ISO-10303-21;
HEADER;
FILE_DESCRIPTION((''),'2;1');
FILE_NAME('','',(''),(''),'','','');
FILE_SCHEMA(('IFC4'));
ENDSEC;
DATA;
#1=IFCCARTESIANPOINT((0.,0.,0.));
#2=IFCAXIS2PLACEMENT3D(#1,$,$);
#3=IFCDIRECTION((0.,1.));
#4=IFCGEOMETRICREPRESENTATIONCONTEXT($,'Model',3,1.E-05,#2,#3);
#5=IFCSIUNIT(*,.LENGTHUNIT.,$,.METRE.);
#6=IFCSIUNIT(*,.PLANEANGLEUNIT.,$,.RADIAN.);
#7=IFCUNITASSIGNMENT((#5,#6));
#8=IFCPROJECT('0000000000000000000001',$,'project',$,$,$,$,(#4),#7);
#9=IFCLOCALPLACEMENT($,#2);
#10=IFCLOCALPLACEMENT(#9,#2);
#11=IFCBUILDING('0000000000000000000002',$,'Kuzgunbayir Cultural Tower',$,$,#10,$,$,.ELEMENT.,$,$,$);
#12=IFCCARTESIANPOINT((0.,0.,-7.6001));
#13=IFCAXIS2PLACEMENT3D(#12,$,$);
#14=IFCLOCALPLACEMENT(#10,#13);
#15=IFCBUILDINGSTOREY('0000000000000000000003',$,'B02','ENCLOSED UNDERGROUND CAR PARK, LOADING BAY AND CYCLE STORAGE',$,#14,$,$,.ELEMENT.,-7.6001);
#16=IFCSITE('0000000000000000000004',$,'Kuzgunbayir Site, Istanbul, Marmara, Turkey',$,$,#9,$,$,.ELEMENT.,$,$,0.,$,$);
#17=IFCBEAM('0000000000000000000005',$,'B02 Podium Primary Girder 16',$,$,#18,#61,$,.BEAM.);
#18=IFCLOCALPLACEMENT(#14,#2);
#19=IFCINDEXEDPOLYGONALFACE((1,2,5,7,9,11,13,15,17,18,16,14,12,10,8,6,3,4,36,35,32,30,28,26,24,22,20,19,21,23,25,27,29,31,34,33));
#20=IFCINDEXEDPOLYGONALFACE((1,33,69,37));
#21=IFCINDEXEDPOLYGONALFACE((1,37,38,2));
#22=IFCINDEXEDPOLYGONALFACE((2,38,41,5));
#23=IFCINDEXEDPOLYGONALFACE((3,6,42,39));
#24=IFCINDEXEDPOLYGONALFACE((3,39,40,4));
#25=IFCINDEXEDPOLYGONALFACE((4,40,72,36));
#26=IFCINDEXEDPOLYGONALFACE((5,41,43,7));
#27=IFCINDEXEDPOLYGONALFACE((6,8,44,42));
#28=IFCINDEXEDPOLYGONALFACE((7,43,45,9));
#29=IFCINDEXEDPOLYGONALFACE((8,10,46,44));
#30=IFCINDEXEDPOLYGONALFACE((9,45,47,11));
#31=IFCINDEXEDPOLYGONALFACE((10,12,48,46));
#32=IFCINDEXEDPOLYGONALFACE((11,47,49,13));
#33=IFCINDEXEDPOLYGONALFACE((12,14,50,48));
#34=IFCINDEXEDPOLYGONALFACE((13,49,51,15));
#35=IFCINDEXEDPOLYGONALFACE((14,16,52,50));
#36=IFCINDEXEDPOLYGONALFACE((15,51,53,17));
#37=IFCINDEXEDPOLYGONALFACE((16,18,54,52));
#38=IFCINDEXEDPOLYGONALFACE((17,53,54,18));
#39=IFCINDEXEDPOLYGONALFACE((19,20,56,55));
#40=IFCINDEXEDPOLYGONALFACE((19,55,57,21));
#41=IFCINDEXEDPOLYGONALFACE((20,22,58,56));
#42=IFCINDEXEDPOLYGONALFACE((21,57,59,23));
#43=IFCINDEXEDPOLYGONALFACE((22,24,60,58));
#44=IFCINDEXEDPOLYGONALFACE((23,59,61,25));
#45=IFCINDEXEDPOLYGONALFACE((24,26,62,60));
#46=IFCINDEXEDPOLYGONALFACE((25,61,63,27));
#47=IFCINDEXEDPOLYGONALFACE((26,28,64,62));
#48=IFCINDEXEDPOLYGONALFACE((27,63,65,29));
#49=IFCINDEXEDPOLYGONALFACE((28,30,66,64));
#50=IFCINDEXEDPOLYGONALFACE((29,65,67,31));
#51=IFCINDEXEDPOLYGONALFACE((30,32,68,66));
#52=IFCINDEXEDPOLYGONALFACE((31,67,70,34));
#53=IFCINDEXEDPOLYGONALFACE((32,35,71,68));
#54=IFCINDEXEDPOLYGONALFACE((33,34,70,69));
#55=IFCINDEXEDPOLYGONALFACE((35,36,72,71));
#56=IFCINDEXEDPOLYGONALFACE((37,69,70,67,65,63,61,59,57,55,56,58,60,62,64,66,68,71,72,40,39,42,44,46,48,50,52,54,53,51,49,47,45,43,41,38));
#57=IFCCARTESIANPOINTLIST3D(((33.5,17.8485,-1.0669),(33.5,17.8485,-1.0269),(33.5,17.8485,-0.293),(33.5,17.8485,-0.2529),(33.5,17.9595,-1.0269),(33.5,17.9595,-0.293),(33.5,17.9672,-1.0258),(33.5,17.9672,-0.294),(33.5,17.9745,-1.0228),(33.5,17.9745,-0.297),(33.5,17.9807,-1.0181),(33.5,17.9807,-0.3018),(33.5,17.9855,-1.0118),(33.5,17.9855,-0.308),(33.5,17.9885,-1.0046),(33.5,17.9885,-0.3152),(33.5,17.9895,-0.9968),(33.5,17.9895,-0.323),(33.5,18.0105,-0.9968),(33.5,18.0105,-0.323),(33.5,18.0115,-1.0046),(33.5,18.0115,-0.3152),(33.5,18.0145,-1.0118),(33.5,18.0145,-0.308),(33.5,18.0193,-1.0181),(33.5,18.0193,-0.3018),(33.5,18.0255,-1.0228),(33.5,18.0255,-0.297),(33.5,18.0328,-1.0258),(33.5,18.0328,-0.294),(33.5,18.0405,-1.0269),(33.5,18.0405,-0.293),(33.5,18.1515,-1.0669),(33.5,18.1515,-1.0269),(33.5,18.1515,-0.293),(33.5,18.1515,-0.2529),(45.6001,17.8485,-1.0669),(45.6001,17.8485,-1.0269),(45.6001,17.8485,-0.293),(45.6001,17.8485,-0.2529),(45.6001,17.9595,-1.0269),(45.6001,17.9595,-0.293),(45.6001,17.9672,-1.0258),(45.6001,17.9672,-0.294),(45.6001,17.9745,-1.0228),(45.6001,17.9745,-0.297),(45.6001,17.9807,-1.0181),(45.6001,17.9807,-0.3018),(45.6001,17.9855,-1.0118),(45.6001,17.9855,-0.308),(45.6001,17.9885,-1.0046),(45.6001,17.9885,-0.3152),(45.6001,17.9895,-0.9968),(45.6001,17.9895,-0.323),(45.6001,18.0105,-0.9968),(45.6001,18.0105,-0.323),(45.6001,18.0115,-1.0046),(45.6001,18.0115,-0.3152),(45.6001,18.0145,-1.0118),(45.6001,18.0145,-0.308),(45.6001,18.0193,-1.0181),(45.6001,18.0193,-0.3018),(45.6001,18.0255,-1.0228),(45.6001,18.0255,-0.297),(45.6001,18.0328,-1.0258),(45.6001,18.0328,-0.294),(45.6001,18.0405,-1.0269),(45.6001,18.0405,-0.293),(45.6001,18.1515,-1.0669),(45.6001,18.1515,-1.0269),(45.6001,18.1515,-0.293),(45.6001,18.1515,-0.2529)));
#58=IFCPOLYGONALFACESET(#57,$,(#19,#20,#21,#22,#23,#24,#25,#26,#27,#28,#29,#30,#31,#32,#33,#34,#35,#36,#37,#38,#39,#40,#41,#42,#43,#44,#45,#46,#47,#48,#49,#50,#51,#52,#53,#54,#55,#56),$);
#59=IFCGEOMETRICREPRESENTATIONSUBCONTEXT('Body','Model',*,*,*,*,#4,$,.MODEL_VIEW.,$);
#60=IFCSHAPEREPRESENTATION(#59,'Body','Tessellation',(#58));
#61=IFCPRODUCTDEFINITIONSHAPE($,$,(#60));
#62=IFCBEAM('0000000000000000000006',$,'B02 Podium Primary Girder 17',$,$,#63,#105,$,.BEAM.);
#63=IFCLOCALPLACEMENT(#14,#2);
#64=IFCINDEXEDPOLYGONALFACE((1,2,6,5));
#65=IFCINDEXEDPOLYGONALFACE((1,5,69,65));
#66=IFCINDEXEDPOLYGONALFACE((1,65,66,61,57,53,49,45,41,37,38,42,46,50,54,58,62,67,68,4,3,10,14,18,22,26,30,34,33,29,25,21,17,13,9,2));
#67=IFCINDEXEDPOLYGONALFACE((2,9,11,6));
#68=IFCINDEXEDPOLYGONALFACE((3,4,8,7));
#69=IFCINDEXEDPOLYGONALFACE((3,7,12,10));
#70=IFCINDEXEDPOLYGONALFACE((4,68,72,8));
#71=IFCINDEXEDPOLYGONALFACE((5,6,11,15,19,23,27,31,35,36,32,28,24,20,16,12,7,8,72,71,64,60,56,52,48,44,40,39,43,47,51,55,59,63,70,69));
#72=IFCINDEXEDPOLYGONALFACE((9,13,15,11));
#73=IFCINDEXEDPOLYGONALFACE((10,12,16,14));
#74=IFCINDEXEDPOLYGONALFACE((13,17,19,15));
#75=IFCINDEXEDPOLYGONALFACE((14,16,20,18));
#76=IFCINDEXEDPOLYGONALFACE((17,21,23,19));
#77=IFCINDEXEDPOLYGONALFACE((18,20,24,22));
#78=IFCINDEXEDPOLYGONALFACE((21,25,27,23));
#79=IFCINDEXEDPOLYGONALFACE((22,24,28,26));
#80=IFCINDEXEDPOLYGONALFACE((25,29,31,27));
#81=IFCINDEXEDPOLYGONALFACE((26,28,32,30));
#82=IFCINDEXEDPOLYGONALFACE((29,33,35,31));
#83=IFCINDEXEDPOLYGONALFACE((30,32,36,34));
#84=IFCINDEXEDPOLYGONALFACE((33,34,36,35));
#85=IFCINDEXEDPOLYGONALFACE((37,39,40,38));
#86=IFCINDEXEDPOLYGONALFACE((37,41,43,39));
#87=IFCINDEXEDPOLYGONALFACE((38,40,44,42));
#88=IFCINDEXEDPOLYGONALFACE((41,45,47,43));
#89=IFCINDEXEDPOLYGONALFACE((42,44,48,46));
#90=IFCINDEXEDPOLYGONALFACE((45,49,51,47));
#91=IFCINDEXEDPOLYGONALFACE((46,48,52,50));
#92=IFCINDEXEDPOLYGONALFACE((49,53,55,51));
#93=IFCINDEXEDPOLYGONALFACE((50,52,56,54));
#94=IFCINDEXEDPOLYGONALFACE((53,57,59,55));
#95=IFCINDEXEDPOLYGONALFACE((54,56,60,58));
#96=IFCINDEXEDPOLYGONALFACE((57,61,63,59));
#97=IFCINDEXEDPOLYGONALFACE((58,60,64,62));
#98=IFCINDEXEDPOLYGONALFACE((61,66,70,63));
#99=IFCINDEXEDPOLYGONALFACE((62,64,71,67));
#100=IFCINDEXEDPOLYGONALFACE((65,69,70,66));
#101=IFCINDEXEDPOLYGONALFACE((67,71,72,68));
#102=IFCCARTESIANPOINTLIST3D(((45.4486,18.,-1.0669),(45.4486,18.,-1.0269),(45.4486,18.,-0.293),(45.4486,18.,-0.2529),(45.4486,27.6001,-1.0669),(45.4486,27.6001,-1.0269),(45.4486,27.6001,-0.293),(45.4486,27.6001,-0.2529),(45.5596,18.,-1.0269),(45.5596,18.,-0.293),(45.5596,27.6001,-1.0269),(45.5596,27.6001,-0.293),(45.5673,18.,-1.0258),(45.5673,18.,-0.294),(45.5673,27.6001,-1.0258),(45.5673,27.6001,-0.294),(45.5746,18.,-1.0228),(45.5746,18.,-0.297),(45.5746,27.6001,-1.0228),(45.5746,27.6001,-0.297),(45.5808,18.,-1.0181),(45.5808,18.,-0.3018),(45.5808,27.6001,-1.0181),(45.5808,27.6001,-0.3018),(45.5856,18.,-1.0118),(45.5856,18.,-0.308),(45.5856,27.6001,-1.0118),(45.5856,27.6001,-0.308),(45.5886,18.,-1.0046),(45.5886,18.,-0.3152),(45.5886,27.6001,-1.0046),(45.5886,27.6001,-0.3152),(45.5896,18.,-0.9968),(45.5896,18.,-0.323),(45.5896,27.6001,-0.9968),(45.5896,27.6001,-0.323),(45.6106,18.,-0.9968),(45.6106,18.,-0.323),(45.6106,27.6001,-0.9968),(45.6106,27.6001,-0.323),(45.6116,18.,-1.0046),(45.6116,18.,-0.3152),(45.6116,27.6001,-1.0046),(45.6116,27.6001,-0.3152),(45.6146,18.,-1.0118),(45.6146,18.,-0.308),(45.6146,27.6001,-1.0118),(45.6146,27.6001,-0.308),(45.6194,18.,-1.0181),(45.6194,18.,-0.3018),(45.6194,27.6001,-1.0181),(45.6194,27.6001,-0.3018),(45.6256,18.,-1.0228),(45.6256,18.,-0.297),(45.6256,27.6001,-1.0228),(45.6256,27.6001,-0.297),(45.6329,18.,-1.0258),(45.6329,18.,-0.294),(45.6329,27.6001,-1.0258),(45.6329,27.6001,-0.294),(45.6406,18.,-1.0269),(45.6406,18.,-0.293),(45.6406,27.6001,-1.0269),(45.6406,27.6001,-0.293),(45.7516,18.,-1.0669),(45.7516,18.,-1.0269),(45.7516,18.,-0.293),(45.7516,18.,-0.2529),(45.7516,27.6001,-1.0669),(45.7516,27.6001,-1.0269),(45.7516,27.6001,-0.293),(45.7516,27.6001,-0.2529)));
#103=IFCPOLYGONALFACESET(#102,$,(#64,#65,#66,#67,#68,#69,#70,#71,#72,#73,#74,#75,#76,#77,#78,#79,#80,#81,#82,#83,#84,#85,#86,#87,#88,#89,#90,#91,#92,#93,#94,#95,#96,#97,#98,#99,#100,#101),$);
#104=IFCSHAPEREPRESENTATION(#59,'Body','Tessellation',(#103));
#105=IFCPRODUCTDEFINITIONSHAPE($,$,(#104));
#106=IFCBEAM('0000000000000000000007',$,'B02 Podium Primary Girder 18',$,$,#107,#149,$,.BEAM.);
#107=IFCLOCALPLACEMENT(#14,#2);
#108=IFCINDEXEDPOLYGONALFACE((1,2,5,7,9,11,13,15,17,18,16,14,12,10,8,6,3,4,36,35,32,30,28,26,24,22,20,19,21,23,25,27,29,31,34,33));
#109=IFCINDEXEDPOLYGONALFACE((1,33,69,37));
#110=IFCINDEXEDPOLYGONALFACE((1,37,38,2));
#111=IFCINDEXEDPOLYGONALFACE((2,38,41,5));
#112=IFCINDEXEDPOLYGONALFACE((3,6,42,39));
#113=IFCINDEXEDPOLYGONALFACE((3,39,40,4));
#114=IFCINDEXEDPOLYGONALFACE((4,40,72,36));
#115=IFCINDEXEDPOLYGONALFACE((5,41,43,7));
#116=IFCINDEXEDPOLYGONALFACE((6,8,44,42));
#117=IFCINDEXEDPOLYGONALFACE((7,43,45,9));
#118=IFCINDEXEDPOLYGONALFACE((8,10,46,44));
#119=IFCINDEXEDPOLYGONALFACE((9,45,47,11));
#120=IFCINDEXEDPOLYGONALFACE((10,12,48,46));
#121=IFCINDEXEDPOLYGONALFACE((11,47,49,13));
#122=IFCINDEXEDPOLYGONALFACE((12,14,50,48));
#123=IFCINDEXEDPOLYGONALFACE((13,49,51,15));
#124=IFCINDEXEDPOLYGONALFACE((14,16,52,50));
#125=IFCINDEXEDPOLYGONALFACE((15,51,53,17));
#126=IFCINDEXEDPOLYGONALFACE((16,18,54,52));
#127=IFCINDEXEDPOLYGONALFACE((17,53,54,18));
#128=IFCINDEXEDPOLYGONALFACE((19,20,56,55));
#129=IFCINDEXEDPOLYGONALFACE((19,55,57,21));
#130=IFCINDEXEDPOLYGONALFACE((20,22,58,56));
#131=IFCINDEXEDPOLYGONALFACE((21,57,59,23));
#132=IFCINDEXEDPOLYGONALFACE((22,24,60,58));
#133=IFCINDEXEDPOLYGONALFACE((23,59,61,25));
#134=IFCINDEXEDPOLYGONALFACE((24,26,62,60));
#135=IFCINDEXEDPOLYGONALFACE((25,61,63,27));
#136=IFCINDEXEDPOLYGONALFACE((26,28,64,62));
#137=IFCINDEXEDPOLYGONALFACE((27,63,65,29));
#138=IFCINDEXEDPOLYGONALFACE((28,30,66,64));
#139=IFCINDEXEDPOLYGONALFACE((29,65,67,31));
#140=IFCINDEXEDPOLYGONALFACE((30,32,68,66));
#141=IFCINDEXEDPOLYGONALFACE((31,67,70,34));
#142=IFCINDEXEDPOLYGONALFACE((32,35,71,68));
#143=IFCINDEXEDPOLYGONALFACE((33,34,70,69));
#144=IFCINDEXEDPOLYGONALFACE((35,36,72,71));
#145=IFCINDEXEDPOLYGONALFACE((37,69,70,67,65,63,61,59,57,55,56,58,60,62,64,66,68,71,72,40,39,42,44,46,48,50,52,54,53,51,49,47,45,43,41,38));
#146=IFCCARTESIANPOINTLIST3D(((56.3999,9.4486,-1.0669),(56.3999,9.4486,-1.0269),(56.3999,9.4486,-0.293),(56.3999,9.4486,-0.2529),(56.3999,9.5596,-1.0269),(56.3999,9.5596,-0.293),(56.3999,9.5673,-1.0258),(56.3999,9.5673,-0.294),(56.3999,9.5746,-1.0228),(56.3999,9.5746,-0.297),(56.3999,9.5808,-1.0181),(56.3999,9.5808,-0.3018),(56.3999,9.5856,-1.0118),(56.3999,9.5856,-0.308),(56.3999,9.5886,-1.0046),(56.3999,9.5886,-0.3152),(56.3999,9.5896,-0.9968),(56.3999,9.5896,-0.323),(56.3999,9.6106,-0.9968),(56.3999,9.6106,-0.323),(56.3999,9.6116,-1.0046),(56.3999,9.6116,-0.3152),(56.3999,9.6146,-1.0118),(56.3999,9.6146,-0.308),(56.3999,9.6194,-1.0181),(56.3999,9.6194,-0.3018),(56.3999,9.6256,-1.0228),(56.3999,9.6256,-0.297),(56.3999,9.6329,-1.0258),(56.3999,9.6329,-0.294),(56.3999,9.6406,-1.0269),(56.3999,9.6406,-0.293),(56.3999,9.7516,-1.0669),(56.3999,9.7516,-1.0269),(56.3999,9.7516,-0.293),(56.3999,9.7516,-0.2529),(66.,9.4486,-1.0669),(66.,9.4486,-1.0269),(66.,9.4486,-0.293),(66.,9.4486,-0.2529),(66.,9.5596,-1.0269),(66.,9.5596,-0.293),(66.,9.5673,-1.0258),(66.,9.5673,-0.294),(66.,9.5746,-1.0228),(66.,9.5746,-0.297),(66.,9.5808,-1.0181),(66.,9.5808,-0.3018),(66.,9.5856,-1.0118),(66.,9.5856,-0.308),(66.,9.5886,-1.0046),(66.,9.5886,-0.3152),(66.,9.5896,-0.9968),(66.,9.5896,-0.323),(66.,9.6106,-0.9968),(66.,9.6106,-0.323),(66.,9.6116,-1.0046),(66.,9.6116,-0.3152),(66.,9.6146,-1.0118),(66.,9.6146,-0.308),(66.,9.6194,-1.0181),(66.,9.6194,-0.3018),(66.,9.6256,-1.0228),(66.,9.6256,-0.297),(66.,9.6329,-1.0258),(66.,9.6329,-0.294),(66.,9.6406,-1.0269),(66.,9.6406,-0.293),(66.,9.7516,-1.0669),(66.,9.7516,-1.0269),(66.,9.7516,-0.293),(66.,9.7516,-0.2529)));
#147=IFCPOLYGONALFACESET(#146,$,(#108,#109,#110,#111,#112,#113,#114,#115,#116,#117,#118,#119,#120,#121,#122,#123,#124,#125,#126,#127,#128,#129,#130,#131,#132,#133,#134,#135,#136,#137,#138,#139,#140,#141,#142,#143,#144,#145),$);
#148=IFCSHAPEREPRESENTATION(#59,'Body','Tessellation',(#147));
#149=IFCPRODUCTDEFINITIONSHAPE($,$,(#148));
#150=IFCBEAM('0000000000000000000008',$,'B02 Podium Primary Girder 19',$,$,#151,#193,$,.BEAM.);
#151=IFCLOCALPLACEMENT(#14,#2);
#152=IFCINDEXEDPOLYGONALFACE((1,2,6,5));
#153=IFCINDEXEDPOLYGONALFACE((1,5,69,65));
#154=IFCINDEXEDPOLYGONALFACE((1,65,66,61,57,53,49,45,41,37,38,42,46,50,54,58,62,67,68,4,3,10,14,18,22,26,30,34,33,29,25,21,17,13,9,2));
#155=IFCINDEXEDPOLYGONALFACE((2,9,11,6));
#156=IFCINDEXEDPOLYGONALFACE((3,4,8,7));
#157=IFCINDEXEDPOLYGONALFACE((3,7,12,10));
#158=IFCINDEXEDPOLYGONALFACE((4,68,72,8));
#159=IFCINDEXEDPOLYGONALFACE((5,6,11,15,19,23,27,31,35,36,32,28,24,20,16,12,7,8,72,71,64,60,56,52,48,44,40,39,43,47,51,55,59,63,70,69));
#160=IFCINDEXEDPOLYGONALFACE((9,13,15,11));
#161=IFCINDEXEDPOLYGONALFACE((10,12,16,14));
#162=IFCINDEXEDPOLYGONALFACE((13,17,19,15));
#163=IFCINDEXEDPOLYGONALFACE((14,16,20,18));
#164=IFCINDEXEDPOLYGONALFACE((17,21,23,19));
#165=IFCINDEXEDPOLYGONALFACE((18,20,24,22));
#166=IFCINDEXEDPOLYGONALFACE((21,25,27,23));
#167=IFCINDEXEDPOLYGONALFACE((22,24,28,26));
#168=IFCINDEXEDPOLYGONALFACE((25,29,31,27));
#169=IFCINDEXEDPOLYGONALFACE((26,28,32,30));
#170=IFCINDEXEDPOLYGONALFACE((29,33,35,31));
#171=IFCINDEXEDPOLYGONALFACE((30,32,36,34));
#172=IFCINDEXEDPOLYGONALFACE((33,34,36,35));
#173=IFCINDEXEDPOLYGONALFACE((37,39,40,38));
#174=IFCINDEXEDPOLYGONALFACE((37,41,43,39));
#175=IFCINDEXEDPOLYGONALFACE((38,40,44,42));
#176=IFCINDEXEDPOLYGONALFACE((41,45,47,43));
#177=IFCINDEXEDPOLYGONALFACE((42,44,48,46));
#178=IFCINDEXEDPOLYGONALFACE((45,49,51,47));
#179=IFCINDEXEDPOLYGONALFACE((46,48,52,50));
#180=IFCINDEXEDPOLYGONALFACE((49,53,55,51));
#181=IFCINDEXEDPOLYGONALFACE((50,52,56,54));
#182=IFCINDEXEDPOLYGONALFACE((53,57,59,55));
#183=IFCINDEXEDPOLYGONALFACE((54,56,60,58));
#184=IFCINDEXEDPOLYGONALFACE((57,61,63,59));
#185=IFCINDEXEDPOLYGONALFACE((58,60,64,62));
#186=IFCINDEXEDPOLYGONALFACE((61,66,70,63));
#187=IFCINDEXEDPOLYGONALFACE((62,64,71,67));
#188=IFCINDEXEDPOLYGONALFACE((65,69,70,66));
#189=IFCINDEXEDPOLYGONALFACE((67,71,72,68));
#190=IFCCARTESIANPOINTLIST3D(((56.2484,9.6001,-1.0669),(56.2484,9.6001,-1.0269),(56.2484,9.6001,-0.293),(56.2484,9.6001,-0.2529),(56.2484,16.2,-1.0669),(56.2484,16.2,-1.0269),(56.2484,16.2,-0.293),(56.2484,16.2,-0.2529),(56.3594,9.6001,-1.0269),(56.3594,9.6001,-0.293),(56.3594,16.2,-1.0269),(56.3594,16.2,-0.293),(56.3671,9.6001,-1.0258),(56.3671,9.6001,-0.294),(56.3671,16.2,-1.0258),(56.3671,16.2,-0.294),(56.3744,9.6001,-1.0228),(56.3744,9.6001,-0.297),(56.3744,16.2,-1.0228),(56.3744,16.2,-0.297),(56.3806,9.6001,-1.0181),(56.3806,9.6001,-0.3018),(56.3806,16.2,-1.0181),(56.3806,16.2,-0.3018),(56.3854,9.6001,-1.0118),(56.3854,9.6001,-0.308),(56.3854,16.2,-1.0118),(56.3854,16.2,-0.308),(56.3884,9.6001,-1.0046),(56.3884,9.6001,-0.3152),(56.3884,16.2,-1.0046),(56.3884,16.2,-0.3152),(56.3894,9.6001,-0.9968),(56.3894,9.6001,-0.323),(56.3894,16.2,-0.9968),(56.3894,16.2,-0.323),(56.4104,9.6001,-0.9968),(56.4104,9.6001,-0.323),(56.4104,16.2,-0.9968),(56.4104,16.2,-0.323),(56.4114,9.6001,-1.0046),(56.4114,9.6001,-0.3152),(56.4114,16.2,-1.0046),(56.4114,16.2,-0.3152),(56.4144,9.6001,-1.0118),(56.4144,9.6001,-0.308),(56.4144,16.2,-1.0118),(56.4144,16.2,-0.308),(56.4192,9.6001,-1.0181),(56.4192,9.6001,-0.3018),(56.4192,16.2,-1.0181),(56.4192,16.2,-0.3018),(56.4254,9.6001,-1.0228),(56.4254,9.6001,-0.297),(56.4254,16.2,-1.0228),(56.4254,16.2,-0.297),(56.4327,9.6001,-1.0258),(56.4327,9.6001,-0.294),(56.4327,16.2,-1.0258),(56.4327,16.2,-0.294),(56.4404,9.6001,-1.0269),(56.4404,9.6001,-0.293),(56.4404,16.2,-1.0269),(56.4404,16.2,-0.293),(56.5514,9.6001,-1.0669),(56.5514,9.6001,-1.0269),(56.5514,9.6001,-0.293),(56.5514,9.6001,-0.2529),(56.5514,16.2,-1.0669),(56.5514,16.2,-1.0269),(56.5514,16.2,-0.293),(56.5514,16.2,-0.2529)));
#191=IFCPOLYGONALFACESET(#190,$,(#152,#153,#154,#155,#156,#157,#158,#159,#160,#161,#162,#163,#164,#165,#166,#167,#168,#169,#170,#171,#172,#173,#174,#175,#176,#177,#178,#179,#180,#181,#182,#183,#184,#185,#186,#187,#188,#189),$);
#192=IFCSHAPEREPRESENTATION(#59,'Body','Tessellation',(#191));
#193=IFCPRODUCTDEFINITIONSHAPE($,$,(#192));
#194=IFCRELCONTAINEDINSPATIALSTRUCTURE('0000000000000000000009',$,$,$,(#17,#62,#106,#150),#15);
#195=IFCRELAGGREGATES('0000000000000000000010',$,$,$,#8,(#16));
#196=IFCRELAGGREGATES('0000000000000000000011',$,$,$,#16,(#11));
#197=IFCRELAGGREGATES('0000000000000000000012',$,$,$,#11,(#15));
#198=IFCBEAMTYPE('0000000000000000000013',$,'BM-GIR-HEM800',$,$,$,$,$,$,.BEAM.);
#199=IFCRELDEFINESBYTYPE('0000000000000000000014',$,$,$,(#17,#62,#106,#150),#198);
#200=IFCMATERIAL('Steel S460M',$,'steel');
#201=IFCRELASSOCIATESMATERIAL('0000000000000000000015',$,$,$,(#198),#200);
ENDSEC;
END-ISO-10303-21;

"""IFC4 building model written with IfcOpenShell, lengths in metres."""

from ifc_helpers import new_model, si_unit, direction, frame, origin, origin_2d, place, context, subcontext, project, spatial, i_section, extrude, material, material_profile, profile_set, type_object, element, save


model = new_model("IFC4")

# Units and contexts
model_context = context("Model", 3, precision=1e-05, world=origin(), true_north=direction((0.0, 1.0)))
body_context = subcontext(model_context, "Body", "Model", "MODEL_VIEW")
ifc_project = project(units=[si_unit("LENGTHUNIT", "METRE"), si_unit("PLANEANGLEUNIT", "RADIAN")], contexts=[model_context])

# Site, building, storey
site_placement = place(None, origin())
site = spatial("IfcSite", under=ifc_project, at=site_placement, Name="Kuzgunbayir Site, Istanbul, Marmara, Turkey", CompositionType="ELEMENT", RefElevation=0.0)
building_placement = place(site_placement, origin())
building = spatial("IfcBuilding", under=site, at=building_placement, Name="Kuzgunbayir Cultural Tower", CompositionType="ELEMENT")
storey_placement = place(building_placement, frame((0.0, 0.0, -7.6001)))
storey = spatial("IfcBuildingStorey", under=building, at=storey_placement, Name="B02", Description="ENCLOSED UNDERGROUND CAR PARK, LOADING BAY AND CYCLE STORAGE", CompositionType="ELEMENT", Elevation=-7.6001)

# Beams
ifc_material_1 = material(Name="Steel S460M", Category="steel")
ifc_material_profile_1 = material_profile(ifc_material_1, i_section(OverallWidth=0.303, OverallDepth=0.814, WebThickness=0.021, FlangeThickness=0.04, FilletRadius=0.03, at=origin_2d()), Name="HEM 800")
ifc_profile_set_1 = profile_set([ifc_material_profile_1], Name="Steel S460M")
beam_type = type_object("IfcBeamType", Name="BM-GIR-HEM800", PredefinedType="BEAM", material=ifc_profile_set_1)
beam_1_placement = place(storey_placement, frame((33.5, 18.0, -0.6599), z_axis=(1.0, 0.0, 0.0), x_axis=(0.0, 1.0, 0.0)))
element("IfcBeam", 1, at=beam_1_placement, inside=storey, type_object=beam_type, Name="B02 Podium Primary Girder 16", PredefinedType="BEAM", context=body_context, shape_type="SweptSolid", body=[
    extrude(i_section(OverallWidth=0.303, OverallDepth=0.814, WebThickness=0.021, FlangeThickness=0.04, FilletRadius=0.03, at=origin_2d()), origin(), (0.0, 0.0, 1.0), 12.1001),
])
for number, where, z_axis, x_axis, name in (
    (2, (45.6001, 18.0, -0.6599), (0.0, 1.0, 0.0), (-1.0, 0.0, 0.0), "B02 Podium Primary Girder 17"),
    (3, (56.3999, 9.6001, -0.6599), (1.0, 0.0, 0.0), (0.0, 1.0, 0.0), "B02 Podium Primary Girder 18"),
):
    element("IfcBeam", number, at=place(storey_placement, frame(where, z_axis=z_axis, x_axis=x_axis)), inside=storey, type_object=beam_type, Name=name, PredefinedType="BEAM", context=body_context, shape_type="SweptSolid", body=[
        extrude(i_section(OverallWidth=0.303, OverallDepth=0.814, WebThickness=0.021, FlangeThickness=0.04, FilletRadius=0.03, at=origin_2d()), origin(), (0.0, 0.0, 1.0), 9.6001),
    ])
beam_2_placement = place(storey_placement, frame((56.3999, 9.6001, -0.6599), z_axis=(0.0, 1.0, 0.0), x_axis=(-1.0, 0.0, 0.0)))
element("IfcBeam", 4, at=beam_2_placement, inside=storey, type_object=beam_type, Name="B02 Podium Primary Girder 19", PredefinedType="BEAM", context=body_context, shape_type="SweptSolid", body=[
    extrude(i_section(OverallWidth=0.303, OverallDepth=0.814, WebThickness=0.021, FlangeThickness=0.04, FilletRadius=0.03, at=origin_2d()), origin(), (0.0, 0.0, 1.0), 6.5999),
])

save(model, "model.ifc")
